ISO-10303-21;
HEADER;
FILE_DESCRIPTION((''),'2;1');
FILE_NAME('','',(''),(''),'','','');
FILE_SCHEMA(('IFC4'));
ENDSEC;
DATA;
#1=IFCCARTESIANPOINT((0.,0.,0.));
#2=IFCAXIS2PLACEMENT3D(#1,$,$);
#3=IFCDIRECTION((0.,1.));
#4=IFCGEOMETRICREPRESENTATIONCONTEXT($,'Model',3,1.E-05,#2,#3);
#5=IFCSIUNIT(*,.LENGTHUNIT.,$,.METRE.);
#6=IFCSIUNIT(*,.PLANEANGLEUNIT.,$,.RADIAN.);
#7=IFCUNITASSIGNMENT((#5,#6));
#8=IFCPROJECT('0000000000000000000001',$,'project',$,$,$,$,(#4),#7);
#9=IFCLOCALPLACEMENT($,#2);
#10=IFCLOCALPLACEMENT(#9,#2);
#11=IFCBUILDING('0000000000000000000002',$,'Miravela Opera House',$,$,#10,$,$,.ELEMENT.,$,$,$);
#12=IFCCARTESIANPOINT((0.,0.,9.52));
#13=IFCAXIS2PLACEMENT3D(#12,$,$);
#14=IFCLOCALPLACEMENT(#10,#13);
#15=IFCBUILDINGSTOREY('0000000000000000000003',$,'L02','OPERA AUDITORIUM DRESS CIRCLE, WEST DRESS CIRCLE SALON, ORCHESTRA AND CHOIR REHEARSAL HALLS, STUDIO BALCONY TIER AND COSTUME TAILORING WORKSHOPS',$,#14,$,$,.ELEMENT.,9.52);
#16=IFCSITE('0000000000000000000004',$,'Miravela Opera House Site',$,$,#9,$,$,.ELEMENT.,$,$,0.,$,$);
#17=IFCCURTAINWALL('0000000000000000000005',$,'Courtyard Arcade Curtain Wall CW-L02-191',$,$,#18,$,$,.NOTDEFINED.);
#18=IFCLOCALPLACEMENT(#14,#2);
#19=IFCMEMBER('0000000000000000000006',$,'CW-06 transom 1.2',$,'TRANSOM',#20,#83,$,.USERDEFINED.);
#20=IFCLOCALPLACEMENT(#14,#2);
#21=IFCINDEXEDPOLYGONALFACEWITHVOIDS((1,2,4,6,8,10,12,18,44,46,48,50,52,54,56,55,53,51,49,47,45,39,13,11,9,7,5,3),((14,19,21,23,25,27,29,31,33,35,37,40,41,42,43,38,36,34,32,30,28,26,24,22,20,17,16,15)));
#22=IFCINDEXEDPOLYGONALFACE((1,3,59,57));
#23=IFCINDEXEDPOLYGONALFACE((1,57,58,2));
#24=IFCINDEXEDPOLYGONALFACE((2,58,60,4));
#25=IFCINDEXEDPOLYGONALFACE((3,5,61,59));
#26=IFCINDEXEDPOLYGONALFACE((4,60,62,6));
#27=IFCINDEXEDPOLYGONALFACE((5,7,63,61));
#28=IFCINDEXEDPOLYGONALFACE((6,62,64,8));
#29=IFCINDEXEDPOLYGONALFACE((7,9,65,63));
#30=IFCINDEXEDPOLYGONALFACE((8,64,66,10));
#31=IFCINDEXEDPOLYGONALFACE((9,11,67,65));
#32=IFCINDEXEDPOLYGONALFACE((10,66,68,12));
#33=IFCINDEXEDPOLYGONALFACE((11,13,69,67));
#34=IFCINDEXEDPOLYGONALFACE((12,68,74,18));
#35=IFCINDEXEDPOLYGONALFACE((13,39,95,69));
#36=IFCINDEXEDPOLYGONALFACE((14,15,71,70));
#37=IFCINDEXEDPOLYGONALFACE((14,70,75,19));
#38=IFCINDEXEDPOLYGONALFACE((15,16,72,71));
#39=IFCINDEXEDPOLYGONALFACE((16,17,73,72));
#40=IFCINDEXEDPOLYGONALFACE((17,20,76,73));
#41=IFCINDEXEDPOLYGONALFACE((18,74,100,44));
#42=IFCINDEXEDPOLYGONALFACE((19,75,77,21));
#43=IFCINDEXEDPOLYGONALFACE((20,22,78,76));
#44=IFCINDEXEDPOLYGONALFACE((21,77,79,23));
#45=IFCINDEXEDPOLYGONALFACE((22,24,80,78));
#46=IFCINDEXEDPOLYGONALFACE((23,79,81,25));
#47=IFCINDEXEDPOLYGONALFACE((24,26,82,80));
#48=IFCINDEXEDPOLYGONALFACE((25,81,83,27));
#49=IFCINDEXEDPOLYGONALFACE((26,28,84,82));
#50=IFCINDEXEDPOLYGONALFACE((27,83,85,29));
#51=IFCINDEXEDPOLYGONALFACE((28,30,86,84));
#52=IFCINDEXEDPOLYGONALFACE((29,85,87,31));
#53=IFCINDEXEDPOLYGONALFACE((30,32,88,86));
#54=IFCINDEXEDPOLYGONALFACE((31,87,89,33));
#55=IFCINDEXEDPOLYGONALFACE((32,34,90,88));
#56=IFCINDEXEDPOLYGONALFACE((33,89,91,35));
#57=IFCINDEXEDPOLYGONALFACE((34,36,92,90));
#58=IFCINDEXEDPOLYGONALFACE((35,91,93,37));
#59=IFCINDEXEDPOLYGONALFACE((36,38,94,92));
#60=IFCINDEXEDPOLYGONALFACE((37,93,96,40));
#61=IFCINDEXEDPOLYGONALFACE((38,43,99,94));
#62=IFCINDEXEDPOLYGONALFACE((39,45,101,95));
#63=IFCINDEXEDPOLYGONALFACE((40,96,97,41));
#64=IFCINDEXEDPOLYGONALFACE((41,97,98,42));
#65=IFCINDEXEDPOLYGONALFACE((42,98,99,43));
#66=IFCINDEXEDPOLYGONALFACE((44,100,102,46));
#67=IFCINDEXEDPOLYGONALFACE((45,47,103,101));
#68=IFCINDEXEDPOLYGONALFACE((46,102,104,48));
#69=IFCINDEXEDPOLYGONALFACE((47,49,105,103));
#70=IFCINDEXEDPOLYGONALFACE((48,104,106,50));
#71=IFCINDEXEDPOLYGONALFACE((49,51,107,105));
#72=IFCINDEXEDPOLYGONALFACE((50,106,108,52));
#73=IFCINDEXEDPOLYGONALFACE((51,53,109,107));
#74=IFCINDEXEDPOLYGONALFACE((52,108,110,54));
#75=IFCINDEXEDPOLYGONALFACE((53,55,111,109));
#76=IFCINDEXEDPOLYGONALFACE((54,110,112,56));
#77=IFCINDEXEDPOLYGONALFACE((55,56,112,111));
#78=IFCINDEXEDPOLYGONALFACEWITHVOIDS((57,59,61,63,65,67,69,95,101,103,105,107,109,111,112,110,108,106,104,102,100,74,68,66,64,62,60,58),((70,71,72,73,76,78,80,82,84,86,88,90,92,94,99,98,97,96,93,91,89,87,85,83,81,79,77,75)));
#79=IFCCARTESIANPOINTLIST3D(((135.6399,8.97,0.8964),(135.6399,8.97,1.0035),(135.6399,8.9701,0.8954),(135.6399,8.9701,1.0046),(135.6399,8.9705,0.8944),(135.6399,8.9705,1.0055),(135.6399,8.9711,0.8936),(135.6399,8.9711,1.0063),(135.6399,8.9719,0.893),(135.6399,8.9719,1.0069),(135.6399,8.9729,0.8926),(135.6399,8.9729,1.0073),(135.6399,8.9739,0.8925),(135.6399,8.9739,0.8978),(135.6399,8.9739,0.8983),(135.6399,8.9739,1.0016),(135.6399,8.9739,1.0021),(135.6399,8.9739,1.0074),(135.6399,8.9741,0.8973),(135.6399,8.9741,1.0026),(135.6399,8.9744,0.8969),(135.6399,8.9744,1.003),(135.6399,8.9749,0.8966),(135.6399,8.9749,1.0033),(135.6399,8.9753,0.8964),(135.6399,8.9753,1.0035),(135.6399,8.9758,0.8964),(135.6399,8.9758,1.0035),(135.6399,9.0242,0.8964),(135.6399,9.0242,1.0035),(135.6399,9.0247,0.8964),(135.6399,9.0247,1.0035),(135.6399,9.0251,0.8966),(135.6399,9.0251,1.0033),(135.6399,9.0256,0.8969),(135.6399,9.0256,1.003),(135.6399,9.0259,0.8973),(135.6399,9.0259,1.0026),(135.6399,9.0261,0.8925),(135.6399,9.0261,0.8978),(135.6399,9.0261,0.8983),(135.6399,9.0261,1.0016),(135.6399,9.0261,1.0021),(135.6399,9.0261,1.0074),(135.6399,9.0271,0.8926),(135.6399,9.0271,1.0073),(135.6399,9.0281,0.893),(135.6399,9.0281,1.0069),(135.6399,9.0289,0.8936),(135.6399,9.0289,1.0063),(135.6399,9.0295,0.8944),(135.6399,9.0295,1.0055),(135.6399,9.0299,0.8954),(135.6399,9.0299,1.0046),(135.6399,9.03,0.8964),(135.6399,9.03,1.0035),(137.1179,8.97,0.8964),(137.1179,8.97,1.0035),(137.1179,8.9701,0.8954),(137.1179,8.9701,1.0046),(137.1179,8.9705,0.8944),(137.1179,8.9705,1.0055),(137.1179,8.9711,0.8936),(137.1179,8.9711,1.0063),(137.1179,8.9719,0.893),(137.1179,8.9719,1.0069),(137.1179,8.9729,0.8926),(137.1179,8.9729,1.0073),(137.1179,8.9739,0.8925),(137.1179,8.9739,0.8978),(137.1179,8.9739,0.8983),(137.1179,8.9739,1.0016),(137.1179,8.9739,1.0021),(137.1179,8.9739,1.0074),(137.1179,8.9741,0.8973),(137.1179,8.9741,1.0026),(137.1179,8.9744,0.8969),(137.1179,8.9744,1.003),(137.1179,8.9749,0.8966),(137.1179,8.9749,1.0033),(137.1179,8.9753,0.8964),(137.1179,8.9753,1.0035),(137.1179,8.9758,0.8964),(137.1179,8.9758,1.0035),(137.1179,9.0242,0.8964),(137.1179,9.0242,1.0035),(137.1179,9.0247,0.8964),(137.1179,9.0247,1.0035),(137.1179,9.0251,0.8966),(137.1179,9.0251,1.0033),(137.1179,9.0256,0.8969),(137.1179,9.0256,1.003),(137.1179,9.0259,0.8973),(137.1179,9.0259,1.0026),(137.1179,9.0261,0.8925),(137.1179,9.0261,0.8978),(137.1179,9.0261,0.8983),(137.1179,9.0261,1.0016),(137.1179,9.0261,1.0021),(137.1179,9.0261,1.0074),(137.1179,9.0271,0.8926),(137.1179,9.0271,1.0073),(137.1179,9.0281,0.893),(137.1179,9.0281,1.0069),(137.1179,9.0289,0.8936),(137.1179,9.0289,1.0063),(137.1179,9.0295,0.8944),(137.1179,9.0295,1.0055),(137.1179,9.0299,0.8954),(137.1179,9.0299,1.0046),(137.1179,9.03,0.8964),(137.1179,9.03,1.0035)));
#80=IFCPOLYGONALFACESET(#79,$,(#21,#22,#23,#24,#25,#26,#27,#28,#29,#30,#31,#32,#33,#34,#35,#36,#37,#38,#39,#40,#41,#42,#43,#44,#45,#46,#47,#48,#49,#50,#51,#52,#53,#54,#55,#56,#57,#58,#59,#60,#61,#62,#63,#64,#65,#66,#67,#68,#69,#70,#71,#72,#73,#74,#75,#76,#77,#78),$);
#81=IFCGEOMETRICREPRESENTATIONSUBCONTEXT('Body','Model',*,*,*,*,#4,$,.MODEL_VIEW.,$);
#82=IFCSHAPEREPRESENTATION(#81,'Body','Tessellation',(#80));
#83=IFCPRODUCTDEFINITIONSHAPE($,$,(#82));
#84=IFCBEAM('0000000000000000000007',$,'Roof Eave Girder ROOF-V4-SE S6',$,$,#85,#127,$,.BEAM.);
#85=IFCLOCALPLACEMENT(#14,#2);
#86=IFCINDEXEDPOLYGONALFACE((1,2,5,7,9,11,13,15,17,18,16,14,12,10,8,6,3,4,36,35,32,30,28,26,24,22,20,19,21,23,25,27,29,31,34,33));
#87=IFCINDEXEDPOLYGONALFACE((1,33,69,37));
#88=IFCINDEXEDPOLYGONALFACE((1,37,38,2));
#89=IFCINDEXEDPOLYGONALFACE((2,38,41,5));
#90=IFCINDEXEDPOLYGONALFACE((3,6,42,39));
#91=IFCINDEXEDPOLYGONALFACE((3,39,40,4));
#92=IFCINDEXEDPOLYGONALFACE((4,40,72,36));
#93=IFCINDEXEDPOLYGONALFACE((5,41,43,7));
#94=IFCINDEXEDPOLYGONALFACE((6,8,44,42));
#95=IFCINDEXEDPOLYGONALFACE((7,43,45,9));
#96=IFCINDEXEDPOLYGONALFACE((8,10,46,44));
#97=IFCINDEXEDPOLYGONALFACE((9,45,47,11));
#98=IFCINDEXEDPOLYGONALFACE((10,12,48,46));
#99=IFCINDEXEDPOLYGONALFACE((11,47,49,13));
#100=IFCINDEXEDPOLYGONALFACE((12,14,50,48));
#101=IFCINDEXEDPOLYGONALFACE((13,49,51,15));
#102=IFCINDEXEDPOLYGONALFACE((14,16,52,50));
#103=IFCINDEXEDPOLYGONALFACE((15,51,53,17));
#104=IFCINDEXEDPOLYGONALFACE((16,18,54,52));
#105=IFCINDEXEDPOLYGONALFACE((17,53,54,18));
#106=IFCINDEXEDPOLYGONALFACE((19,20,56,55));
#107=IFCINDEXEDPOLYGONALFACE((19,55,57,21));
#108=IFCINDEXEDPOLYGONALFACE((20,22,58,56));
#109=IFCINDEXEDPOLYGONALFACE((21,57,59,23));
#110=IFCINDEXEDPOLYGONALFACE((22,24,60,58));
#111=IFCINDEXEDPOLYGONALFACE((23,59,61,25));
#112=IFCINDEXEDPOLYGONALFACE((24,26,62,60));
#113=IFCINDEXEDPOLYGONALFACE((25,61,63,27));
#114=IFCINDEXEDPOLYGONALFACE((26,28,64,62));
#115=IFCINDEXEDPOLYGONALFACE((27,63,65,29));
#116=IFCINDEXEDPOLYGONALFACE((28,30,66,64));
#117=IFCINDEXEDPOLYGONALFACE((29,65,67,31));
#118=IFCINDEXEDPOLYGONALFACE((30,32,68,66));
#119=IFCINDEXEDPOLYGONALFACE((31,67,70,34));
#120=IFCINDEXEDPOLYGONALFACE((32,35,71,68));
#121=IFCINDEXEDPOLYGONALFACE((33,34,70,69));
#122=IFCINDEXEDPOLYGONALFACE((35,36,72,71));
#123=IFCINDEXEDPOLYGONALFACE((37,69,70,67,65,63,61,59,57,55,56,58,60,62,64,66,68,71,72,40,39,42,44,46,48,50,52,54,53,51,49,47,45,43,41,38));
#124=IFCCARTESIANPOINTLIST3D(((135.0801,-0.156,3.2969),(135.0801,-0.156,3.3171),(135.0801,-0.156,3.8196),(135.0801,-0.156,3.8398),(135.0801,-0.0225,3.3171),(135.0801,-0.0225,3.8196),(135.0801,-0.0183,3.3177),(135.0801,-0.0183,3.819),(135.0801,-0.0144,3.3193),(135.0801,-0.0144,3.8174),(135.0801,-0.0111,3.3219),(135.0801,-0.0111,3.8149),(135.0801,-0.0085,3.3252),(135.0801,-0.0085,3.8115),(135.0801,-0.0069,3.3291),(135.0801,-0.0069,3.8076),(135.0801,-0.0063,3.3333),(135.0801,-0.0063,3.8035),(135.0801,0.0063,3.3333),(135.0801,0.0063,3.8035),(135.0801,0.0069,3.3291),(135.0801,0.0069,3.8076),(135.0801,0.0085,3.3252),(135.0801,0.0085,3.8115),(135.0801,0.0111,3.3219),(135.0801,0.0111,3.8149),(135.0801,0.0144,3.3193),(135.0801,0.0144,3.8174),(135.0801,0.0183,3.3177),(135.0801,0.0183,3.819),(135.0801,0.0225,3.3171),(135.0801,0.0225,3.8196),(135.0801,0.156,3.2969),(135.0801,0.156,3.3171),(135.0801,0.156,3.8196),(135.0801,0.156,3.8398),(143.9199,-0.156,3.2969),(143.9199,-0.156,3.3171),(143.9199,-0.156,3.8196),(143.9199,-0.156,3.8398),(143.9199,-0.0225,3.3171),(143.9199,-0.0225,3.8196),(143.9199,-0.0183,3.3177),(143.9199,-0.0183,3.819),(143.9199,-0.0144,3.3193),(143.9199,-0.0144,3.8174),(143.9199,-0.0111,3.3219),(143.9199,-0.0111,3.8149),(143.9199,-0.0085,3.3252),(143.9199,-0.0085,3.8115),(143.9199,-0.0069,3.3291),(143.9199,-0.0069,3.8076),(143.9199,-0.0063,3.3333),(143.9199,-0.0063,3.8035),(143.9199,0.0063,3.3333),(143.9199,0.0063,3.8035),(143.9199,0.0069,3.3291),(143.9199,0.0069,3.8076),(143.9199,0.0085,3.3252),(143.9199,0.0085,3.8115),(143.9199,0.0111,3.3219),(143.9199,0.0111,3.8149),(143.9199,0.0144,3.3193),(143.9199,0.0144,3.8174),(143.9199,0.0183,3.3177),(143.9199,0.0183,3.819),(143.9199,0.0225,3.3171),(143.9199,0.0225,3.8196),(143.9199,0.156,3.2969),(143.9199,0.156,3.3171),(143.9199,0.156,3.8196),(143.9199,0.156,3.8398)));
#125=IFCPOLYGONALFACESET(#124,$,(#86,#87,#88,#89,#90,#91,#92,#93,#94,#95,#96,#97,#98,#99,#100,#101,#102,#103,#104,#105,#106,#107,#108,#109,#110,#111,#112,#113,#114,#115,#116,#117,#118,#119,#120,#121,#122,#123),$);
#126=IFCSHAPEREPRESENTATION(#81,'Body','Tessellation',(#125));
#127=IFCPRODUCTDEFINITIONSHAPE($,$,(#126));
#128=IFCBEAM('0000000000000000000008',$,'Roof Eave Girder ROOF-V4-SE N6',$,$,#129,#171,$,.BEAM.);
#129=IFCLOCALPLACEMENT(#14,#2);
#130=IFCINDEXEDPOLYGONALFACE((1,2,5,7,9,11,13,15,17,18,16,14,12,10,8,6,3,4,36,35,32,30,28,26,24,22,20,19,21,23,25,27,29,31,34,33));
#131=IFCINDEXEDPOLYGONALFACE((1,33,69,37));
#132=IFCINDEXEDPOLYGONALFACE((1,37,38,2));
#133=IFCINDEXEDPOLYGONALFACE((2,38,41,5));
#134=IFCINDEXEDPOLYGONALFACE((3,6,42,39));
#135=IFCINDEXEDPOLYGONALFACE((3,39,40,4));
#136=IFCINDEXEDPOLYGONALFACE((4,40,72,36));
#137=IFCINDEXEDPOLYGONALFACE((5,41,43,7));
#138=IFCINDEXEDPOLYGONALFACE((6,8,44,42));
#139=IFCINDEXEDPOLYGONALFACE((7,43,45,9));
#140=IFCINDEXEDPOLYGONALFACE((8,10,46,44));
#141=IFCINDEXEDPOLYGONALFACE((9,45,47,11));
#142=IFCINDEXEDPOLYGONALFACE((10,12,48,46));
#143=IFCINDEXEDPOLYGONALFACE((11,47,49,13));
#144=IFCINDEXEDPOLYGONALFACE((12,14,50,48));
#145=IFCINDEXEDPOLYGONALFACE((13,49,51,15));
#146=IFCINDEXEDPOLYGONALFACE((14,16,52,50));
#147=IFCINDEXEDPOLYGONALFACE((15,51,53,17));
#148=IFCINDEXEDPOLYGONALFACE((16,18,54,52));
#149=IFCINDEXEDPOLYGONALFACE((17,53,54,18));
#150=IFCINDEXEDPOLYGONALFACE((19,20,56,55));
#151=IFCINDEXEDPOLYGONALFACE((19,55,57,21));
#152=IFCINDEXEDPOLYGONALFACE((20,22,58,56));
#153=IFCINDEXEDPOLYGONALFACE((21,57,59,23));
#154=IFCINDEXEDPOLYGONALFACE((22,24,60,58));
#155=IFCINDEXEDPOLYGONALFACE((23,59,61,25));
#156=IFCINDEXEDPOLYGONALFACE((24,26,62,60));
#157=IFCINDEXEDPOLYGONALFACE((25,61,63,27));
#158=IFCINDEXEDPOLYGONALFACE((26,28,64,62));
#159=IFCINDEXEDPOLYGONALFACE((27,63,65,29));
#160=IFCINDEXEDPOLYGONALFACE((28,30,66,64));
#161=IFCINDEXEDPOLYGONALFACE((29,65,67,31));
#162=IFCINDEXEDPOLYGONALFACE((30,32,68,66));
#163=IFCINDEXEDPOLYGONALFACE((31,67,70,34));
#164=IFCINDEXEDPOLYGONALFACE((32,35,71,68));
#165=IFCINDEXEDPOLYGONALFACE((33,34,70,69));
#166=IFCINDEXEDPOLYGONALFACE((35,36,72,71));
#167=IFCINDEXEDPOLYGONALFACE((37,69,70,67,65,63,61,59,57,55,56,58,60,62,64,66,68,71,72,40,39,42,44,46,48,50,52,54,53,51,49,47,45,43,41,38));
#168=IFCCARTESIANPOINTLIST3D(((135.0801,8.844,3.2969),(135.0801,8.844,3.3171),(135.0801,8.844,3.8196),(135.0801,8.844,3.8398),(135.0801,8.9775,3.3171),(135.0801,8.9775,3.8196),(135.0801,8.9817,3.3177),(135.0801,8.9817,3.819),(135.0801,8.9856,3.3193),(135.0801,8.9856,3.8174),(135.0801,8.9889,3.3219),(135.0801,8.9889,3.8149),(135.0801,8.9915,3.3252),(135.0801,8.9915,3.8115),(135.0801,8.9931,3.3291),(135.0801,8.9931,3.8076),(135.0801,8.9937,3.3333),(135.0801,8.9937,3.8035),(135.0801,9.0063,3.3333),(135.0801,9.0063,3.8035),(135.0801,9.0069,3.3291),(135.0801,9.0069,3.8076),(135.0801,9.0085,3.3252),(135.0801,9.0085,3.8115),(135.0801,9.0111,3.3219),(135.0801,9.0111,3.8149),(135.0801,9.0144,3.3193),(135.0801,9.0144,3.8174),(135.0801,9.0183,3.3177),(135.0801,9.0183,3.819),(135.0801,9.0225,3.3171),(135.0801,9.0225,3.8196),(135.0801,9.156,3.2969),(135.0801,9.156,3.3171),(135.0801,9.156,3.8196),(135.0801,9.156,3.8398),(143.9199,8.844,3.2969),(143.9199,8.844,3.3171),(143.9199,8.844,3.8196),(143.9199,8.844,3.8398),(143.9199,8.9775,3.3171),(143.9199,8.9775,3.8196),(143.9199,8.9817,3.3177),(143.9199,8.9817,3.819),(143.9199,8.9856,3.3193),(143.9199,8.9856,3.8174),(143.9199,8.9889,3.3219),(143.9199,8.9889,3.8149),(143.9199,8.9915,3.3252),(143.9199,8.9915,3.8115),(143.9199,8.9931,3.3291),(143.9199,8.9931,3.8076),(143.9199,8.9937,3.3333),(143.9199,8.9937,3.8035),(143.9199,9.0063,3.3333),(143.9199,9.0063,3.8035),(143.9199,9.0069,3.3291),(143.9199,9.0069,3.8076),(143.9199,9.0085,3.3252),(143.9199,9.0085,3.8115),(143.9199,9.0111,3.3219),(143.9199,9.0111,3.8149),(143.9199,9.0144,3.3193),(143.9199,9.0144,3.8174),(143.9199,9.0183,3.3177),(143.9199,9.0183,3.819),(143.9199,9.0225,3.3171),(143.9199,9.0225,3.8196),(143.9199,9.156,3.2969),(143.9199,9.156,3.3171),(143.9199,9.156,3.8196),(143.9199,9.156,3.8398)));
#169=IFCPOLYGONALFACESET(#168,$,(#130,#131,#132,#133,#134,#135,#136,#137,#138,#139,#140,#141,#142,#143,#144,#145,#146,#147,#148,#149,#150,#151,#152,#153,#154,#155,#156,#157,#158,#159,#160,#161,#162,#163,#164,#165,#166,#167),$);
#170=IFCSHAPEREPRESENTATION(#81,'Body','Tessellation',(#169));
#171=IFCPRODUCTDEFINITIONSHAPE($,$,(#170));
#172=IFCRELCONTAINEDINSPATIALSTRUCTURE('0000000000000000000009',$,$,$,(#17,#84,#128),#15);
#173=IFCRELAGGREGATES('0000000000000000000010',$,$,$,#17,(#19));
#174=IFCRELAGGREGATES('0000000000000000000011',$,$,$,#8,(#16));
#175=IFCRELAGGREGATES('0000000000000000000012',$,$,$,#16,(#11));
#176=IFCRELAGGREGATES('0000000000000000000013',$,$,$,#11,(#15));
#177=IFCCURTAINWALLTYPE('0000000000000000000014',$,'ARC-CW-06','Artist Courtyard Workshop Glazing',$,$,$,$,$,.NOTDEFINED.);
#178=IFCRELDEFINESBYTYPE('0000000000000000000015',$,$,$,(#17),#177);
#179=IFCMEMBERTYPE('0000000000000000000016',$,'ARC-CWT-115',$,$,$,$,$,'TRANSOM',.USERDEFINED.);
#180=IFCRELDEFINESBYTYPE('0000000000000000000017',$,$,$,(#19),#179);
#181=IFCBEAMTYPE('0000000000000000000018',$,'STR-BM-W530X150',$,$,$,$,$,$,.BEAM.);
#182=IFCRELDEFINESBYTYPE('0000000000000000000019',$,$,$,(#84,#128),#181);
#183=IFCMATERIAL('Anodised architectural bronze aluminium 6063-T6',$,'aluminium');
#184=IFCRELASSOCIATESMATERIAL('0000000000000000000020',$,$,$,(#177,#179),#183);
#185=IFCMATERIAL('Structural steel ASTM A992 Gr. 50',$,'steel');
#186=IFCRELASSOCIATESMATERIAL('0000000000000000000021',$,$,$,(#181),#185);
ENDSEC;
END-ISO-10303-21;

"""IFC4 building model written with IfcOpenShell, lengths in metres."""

from ifc_helpers import new_model, si_unit, direction, frame, origin, origin_2d, place, context, subcontext, project, spatial, hollow_rectangle, i_section, extrude, material, material_profile, profile_set, type_object, element, aggregate, save


model = new_model("IFC4")

# Units and contexts
model_context = context("Model", 3, precision=1e-05, world=origin(), true_north=direction((0.0, 1.0)))
body_context = subcontext(model_context, "Body", "Model", "MODEL_VIEW")
ifc_project = project(units=[si_unit("LENGTHUNIT", "METRE"), si_unit("PLANEANGLEUNIT", "RADIAN")], contexts=[model_context])

# Site, building, storey
site_placement = place(None, origin())
site = spatial("IfcSite", under=ifc_project, at=site_placement, Name="Miravela Opera House Site", CompositionType="ELEMENT", RefElevation=0.0)
building_placement = place(site_placement, origin())
building = spatial("IfcBuilding", under=site, at=building_placement, Name="Miravela Opera House", CompositionType="ELEMENT")
storey_placement = place(building_placement, frame((0.0, 0.0, 9.52)))
storey = spatial("IfcBuildingStorey", under=building, at=storey_placement, Name="L02", Description="OPERA AUDITORIUM DRESS CIRCLE, WEST DRESS CIRCLE SALON, ORCHESTRA AND CHOIR REHEARSAL HALLS, STUDIO BALCONY TIER AND COSTUME TAILORING WORKSHOPS", CompositionType="ELEMENT", Elevation=9.52)

# Shared definitions
ifc_material_1 = material(Name="Anodised architectural bronze aluminium 6063-T6", Category="aluminium")
curtain_wall_type = type_object("IfcCurtainWallType", Name="ARC-CW-06", Description="Artist Courtyard Workshop Glazing", PredefinedType="NOTDEFINED", material=ifc_material_1)

# Curtain wall
curtain_wall_1_placement = place(storey_placement, origin())
curtain_wall_1 = element("IfcCurtainWall", 1, at=curtain_wall_1_placement, inside=storey, type_object=curtain_wall_type, Name="Courtyard Arcade Curtain Wall CW-L02-191", PredefinedType="NOTDEFINED")

# Member
ifc_material_profile_1 = material_profile(ifc_material_1, hollow_rectangle(XDim=0.0601, YDim=0.115, WallThickness=0.0039, InnerFilletRadius=0.002, OuterFilletRadius=0.0039, at=origin_2d()), Name="CWT-60X115")
ifc_profile_set_1 = profile_set([ifc_material_profile_1])
member_type_1 = type_object("IfcMemberType", Name="ARC-CWT-115", ElementType="TRANSOM", PredefinedType="USERDEFINED", material=ifc_profile_set_1)
member_1_placement = place(storey_placement, frame((135.6399, 9.0, 0.95), z_axis=(1.0, 0.0, 0.0), x_axis=(0.0, 1.0, 0.0)))
member_1 = element("IfcMember", 2, at=member_1_placement, type_object=member_type_1, Name="CW-06 transom 1.2", ObjectType="TRANSOM", PredefinedType="USERDEFINED", context=body_context, shape_type="SweptSolid", body=[
    extrude(hollow_rectangle(XDim=0.0601, YDim=0.115, WallThickness=0.0039, InnerFilletRadius=0.002, OuterFilletRadius=0.0039, at=origin_2d()), origin(), (0.0, 0.0, 1.0), 1.478),
])
aggregate(curtain_wall_1, [member_1])

# Beams
ifc_material_2 = material(Name="Structural steel ASTM A992 Gr. 50", Category="steel")
ifc_material_profile_2 = material_profile(ifc_material_2, i_section(OverallWidth=0.312, OverallDepth=0.543, WebThickness=0.0127, FlangeThickness=0.0203, FilletRadius=0.0161, at=origin_2d()), Name="W530X150")
ifc_profile_set_2 = profile_set([ifc_material_profile_2])
beam_type = type_object("IfcBeamType", Name="STR-BM-W530X150", PredefinedType="BEAM", material=ifc_profile_set_2)
for number, where, z_axis, x_axis, name in (
    (3, (135.0801, 0.0, 3.5684), (1.0, 0.0, 0.0), (0.0, 1.0, 0.0), "Roof Eave Girder ROOF-V4-SE S6"),
    (4, (135.0801, 9.0, 3.5684), (1.0, 0.0, 0.0), (0.0, 1.0, 0.0), "Roof Eave Girder ROOF-V4-SE N6"),
):
    element("IfcBeam", number, at=place(storey_placement, frame(where, z_axis=z_axis, x_axis=x_axis)), inside=storey, type_object=beam_type, Name=name, PredefinedType="BEAM", context=body_context, shape_type="SweptSolid", body=[
        extrude(i_section(OverallWidth=0.312, OverallDepth=0.543, WebThickness=0.0127, FlangeThickness=0.0203, FilletRadius=0.0161, at=origin_2d()), origin(), (0.0, 0.0, 1.0), 8.8398),
    ])

save(model, "model.ifc")
